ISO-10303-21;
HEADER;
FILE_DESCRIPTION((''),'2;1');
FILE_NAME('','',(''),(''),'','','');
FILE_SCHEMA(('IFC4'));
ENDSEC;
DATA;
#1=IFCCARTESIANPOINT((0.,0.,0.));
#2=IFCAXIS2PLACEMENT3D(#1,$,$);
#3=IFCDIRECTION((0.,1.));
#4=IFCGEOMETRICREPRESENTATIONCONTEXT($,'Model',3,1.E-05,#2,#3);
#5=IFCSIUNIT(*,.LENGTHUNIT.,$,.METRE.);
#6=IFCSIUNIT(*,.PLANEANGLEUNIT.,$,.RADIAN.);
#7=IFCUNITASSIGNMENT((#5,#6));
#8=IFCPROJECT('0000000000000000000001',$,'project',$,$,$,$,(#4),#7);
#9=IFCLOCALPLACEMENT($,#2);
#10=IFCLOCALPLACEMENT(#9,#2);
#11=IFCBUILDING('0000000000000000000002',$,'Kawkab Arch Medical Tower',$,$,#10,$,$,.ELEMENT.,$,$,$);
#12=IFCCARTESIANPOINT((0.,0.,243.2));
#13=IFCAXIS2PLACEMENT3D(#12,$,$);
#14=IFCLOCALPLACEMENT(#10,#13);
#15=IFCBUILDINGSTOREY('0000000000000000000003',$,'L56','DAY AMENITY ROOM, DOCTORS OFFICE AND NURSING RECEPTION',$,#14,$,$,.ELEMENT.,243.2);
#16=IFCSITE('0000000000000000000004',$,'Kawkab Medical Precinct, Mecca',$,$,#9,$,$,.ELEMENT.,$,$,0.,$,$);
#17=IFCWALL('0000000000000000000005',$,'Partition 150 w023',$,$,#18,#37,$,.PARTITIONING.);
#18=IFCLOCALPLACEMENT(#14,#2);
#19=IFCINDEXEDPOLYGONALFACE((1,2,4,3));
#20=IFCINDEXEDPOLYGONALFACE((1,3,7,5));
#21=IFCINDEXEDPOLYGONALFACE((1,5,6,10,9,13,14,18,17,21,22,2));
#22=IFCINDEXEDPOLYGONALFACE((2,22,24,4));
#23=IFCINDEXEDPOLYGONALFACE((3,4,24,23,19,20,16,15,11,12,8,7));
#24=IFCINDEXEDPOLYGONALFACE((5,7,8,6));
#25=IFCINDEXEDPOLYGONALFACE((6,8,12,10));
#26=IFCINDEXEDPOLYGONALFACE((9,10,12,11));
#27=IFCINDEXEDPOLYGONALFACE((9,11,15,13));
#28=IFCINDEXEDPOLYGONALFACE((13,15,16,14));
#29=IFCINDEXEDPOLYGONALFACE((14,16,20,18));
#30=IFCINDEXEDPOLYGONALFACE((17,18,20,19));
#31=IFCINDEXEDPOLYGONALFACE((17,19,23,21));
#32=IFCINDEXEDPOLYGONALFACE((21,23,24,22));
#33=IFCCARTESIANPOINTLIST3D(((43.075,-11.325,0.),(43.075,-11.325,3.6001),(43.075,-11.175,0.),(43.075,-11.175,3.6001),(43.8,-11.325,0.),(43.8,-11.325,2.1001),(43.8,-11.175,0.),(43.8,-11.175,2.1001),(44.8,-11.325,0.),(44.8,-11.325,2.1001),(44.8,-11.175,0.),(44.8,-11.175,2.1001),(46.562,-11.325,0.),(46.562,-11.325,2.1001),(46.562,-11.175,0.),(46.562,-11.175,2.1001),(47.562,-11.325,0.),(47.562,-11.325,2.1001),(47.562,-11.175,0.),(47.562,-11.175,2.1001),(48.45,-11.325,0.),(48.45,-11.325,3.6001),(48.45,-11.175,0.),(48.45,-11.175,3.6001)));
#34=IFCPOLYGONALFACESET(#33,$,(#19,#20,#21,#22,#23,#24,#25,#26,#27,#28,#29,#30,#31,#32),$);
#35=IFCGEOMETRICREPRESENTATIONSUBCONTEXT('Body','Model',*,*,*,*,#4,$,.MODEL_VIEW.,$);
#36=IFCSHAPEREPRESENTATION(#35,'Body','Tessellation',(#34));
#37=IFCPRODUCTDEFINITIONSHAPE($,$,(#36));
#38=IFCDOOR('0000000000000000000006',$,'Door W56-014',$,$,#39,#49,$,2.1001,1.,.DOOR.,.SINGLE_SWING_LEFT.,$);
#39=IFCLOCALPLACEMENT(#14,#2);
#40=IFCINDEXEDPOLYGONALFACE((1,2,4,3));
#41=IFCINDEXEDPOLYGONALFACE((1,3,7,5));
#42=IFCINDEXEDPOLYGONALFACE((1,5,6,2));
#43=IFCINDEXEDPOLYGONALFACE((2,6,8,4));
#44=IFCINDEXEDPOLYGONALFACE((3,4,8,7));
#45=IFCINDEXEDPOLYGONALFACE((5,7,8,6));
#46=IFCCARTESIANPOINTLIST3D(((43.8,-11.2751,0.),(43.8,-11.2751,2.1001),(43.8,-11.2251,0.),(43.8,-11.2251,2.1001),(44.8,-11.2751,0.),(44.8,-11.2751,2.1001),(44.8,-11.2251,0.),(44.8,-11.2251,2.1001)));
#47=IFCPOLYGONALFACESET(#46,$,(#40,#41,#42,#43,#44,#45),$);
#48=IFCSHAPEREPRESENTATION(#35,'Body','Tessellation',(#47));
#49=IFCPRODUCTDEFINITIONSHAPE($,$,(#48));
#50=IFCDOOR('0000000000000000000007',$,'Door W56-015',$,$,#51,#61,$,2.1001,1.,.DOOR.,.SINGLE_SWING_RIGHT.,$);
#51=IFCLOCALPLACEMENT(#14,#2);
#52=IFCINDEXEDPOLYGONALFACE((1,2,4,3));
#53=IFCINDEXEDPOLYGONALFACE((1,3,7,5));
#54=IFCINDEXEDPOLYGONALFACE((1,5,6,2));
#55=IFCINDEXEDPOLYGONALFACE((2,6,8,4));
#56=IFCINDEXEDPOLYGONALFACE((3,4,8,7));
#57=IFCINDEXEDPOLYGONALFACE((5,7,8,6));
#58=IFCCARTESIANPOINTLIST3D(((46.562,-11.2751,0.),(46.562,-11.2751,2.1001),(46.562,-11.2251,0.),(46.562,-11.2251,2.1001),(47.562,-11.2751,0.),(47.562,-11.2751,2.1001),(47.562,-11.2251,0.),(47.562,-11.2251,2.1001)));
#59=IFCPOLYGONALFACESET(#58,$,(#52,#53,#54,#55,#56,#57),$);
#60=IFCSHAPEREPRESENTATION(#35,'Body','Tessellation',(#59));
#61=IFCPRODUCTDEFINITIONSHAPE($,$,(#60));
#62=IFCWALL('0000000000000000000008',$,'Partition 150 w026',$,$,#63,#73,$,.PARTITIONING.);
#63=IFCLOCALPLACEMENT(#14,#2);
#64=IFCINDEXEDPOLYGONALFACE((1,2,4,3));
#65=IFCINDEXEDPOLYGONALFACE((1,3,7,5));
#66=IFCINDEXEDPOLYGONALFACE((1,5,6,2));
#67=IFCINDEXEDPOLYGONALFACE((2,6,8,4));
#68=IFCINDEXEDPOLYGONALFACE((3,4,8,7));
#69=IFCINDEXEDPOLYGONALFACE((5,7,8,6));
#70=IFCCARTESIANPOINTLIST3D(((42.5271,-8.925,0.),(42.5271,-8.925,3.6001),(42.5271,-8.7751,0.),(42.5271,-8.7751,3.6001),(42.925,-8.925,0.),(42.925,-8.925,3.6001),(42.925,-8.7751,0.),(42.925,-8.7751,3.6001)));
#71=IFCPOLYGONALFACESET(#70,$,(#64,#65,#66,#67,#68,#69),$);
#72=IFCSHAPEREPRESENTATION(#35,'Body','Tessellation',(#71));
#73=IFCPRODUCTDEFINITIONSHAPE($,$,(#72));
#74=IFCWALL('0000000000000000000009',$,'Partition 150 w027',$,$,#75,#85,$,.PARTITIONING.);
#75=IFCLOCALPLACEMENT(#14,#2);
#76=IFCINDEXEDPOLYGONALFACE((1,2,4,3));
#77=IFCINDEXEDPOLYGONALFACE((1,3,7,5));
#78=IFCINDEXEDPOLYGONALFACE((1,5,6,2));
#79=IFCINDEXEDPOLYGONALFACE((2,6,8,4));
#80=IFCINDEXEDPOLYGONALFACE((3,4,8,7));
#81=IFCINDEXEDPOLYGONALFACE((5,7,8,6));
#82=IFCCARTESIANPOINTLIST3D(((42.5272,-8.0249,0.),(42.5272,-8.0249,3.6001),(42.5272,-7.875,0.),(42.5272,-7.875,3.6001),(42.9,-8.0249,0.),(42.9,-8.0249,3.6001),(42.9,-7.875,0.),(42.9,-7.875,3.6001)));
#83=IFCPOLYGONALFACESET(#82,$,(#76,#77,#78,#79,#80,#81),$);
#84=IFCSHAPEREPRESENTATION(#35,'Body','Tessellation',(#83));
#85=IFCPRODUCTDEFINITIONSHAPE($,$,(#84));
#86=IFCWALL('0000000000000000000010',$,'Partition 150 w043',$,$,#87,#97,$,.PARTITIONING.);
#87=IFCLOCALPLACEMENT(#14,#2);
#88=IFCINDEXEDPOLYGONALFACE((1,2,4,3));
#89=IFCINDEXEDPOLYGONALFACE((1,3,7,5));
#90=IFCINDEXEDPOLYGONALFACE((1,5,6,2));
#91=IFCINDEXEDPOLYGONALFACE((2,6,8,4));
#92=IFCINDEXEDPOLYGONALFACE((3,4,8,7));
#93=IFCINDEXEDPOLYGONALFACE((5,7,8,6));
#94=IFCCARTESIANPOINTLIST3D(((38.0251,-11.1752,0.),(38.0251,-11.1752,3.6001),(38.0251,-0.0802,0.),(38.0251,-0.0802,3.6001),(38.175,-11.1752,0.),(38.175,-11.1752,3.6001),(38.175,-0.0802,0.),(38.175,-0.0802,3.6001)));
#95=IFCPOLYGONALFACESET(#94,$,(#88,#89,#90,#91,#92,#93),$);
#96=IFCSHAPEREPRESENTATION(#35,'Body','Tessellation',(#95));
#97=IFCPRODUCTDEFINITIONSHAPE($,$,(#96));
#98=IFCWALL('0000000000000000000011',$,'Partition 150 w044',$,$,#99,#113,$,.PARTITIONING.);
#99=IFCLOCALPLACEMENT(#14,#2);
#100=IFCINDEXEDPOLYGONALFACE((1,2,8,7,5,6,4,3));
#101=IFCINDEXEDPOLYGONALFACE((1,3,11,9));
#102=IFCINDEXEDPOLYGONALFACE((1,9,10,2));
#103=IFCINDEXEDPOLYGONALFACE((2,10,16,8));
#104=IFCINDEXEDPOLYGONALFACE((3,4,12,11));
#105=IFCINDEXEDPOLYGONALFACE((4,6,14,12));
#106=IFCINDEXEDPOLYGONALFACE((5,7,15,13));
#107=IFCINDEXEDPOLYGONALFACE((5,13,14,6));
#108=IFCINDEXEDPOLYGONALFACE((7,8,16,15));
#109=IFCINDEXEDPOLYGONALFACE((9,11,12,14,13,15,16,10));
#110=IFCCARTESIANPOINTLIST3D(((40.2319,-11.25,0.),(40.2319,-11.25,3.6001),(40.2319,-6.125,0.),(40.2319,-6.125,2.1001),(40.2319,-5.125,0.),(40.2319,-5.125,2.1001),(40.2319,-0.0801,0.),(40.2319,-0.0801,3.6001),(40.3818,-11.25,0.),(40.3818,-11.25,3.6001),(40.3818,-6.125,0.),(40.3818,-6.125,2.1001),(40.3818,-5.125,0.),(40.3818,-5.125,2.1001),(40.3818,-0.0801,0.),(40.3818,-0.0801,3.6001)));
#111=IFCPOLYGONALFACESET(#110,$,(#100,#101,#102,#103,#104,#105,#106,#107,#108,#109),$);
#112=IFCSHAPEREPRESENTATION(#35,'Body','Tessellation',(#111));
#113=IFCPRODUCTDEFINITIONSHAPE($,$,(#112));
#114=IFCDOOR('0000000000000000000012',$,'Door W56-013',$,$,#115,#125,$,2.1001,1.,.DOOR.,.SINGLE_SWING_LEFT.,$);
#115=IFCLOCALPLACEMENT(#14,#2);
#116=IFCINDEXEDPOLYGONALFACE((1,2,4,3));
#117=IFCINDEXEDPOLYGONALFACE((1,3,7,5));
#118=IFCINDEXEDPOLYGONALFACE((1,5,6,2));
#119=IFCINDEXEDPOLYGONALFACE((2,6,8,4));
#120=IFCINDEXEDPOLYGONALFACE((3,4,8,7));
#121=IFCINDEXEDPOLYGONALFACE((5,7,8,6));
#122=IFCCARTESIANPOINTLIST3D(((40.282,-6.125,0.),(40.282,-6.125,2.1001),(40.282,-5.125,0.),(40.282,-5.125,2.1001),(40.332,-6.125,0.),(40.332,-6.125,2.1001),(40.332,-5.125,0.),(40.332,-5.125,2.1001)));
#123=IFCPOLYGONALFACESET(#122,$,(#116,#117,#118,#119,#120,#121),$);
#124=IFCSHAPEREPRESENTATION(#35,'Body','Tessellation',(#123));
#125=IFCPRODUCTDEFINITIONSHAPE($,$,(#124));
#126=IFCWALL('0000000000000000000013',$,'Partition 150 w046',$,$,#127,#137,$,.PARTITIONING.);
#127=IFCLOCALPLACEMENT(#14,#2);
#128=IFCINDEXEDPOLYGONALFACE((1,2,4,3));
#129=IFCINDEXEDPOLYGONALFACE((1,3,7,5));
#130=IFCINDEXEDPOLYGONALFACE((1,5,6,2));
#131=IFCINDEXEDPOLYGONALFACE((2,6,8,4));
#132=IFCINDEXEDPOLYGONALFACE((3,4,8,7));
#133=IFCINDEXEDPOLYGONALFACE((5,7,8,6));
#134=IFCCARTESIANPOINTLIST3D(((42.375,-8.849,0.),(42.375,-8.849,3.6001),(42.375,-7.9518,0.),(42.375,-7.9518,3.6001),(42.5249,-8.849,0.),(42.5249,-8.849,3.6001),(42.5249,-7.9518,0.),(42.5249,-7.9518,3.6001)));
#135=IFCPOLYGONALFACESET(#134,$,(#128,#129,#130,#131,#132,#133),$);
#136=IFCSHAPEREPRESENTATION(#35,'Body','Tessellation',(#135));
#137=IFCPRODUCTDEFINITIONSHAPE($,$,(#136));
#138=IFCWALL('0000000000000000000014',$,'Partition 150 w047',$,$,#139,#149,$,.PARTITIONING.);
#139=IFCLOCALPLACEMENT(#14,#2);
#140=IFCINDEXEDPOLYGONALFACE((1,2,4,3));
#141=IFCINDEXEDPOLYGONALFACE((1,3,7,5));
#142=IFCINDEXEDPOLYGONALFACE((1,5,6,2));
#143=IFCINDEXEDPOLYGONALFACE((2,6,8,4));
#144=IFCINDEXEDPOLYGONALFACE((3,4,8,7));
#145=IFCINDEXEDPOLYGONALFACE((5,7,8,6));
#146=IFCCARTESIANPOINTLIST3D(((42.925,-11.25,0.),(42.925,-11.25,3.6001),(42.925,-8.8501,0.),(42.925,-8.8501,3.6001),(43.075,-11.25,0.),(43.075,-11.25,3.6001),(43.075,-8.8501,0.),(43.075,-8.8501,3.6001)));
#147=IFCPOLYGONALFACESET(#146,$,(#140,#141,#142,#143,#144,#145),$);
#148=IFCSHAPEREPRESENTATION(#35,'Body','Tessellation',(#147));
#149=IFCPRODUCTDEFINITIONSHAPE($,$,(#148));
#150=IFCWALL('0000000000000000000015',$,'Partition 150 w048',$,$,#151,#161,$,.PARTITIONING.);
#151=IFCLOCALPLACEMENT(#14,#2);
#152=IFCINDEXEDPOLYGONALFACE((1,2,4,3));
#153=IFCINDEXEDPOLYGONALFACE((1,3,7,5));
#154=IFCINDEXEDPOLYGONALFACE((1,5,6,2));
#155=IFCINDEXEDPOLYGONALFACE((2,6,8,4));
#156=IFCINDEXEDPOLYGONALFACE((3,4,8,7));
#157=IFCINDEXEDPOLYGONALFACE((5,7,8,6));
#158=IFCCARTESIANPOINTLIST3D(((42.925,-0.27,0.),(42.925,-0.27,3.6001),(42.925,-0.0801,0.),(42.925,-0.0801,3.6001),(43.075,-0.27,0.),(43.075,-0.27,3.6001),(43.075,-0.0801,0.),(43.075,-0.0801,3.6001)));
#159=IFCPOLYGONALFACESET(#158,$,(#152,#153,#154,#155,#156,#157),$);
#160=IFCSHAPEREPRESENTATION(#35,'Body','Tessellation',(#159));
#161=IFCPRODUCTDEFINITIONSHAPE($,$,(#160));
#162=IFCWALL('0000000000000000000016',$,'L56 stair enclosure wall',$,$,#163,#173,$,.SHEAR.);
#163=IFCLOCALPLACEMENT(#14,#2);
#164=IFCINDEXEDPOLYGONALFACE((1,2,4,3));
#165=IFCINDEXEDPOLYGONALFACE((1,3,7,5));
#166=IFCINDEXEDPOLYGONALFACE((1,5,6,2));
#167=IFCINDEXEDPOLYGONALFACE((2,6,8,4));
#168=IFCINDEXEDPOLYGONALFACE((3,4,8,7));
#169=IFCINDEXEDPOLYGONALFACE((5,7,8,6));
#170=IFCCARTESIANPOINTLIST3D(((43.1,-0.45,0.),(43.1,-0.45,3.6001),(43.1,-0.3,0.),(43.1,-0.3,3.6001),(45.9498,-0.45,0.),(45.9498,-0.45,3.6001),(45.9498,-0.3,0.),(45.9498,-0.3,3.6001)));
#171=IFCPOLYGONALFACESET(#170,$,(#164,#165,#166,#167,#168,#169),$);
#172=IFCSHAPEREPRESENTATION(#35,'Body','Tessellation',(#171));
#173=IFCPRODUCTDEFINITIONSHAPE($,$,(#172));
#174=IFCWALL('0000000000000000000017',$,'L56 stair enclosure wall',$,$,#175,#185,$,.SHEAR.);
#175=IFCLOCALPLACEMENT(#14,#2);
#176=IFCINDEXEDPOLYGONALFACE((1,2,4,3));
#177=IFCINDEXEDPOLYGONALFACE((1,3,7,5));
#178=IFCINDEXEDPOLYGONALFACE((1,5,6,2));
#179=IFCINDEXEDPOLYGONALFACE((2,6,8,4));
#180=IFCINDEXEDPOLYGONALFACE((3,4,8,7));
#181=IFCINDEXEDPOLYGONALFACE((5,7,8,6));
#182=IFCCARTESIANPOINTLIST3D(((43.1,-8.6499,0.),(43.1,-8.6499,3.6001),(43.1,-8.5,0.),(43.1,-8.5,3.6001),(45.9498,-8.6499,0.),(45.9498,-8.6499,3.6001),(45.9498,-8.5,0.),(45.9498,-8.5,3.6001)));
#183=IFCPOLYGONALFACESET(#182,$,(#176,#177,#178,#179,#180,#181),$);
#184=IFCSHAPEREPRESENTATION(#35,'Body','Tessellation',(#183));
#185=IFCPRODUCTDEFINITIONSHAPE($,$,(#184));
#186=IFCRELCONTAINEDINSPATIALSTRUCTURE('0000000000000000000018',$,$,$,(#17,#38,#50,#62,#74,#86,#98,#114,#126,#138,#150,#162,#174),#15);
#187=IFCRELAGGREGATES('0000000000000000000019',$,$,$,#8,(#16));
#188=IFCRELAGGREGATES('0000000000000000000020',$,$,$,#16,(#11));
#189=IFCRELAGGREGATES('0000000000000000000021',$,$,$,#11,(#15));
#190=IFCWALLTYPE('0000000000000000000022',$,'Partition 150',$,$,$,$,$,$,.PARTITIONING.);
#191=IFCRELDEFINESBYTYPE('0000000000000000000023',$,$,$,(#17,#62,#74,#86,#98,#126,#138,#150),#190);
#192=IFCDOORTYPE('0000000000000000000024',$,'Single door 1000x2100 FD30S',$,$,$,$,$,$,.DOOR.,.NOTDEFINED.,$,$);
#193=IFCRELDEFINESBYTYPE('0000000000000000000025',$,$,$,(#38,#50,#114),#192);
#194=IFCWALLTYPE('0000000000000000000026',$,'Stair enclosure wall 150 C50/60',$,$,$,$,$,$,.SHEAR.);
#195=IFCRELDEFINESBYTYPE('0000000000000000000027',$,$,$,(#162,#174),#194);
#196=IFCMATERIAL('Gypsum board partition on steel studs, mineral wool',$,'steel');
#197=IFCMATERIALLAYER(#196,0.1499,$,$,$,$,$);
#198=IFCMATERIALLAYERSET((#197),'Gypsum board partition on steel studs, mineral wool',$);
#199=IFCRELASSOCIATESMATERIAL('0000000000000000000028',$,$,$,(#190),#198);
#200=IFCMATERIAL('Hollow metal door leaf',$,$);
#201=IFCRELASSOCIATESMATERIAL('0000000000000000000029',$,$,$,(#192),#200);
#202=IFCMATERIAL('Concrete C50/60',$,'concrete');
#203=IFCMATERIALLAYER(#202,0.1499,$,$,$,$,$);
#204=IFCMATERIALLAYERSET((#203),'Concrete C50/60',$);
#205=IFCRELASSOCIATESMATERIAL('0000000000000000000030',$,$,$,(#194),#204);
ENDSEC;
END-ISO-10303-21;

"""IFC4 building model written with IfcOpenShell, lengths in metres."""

from ifc_helpers import new_model, si_unit, direction, frame, frame_2d, origin, place, context, subcontext, project, spatial, rectangle, extrude, material, layer, layer_set, type_object, element, fill, save


model = new_model("IFC4")

# Units and contexts
model_context = context("Model", 3, precision=1e-05, world=origin(), true_north=direction((0.0, 1.0)))
body_context = subcontext(model_context, "Body", "Model", "MODEL_VIEW")
ifc_project = project(units=[si_unit("LENGTHUNIT", "METRE"), si_unit("PLANEANGLEUNIT", "RADIAN")], contexts=[model_context])

# Site, building, storey
site_placement = place(None, origin())
site = spatial("IfcSite", under=ifc_project, at=site_placement, Name="Kawkab Medical Precinct, Mecca", CompositionType="ELEMENT", RefElevation=0.0)
building_placement = place(site_placement, origin())
building = spatial("IfcBuilding", under=site, at=building_placement, Name="Kawkab Arch Medical Tower", CompositionType="ELEMENT")
storey_placement = place(building_placement, frame((0.0, 0.0, 243.2)))
storey = spatial("IfcBuildingStorey", under=building, at=storey_placement, Name="L56", Description="DAY AMENITY ROOM, DOCTORS OFFICE AND NURSING RECEPTION", CompositionType="ELEMENT", Elevation=243.2)

# Wall, openings, doors
ifc_material_1 = material(Name="Gypsum board partition on steel studs, mineral wool", Category="steel")
ifc_layer_1 = layer(ifc_material_1, 0.1499)
ifc_layer_set_1 = layer_set([ifc_layer_1], Name="Gypsum board partition on steel studs, mineral wool")
wall_type_1 = type_object("IfcWallType", Name="Partition 150", PredefinedType="PARTITIONING", material=ifc_layer_set_1)
wall_1_placement = place(storey_placement, frame((43.075, -11.25, 0.0), z_axis=(0.0, 0.0, 1.0), x_axis=(1.0, 0.0, 0.0)))
wall_1 = element("IfcWall", 1, at=wall_1_placement, inside=storey, type_object=wall_type_1, Name="Partition 150 w023", PredefinedType="PARTITIONING", context=body_context, shape_type="SweptSolid", body=[
    extrude(rectangle(XDim=5.375, YDim=0.1499, at=frame_2d((2.6875, 0.0))), origin(), (0.0, 0.0, 1.0), 3.6001),
])
opening_1_placement = place(wall_1_placement, frame((0.7251, 0.0, 0.0)))
opening_1 = element("IfcOpeningElement", 2, at=opening_1_placement, cuts=wall_1, PredefinedType="OPENING", context=body_context, shape_type="SweptSolid", body=[
    extrude(rectangle(XDim=1.0, YDim=2.1001, at=frame_2d((0.5, 1.05))), frame((0.0, 0.085, 0.0), z_axis=(0.0, -1.0, 0.0), x_axis=(1.0, 0.0, 0.0)), (0.0, 0.0, 1.0), 0.1699),
])
opening_2_placement = place(wall_1_placement, frame((3.4871, 0.0, 0.0)))
opening_2 = element("IfcOpeningElement", 3, at=opening_2_placement, cuts=wall_1, PredefinedType="OPENING", context=body_context, shape_type="SweptSolid", body=[
    extrude(rectangle(XDim=1.0, YDim=2.1001, at=frame_2d((0.5, 1.05))), frame((0.0, 0.085, 0.0), z_axis=(0.0, -1.0, 0.0), x_axis=(1.0, 0.0, 0.0)), (0.0, 0.0, 1.0), 0.1699),
])
ifc_material_2 = material(Name="Hollow metal door leaf")
door_type_1 = type_object("IfcDoorType", Name="Single door 1000x2100 FD30S", OperationType="NOTDEFINED", PredefinedType="DOOR", material=ifc_material_2)
door_1_placement = place(opening_1_placement, origin())
door_1 = element("IfcDoor", 4, at=door_1_placement, inside=storey, type_object=door_type_1, Name="Door W56-014", OperationType="SINGLE_SWING_LEFT", OverallHeight=2.1001, OverallWidth=1.0, PredefinedType="DOOR", context=body_context, shape_type="SweptSolid", body=[
    extrude(rectangle(XDim=1.0, YDim=2.1001, at=frame_2d((0.5, 1.05))), frame((0.0, 0.0249, 0.0), z_axis=(0.0, -1.0, 0.0), x_axis=(1.0, 0.0, 0.0)), (0.0, 0.0, 1.0), 0.05),
])
fill(opening_1, door_1)
door_2_placement = place(opening_2_placement, origin())
door_2 = element("IfcDoor", 5, at=door_2_placement, inside=storey, type_object=door_type_1, Name="Door W56-015", OperationType="SINGLE_SWING_RIGHT", OverallHeight=2.1001, OverallWidth=1.0, PredefinedType="DOOR", context=body_context, shape_type="SweptSolid", body=[
    extrude(rectangle(XDim=1.0, YDim=2.1001, at=frame_2d((0.5, 1.05))), frame((0.0, 0.0249, 0.0), z_axis=(0.0, -1.0, 0.0), x_axis=(1.0, 0.0, 0.0)), (0.0, 0.0, 1.0), 0.05),
])
fill(opening_2, door_2)

# Walls
wall_2_placement = place(storey_placement, frame((42.5271, -8.8501, 0.0), z_axis=(0.0, 0.0, 1.0), x_axis=(1.0, 0.0, 0.0)))
element("IfcWall", 6, at=wall_2_placement, inside=storey, type_object=wall_type_1, Name="Partition 150 w026", PredefinedType="PARTITIONING", context=body_context, shape_type="SweptSolid", body=[
    extrude(rectangle(XDim=0.3979, YDim=0.1499, at=frame_2d((0.199, 0.0))), origin(), (0.0, 0.0, 1.0), 3.6001),
])
wall_3_placement = place(storey_placement, frame((42.5271, -7.95, 0.0), z_axis=(0.0, 0.0, 1.0), x_axis=(1.0, 0.0, 0.0)))
element("IfcWall", 7, at=wall_3_placement, inside=storey, type_object=wall_type_1, Name="Partition 150 w027", PredefinedType="PARTITIONING", context=body_context, shape_type="SweptSolid", body=[
    extrude(rectangle(XDim=0.3728, YDim=0.1499, at=frame_2d((0.1865, 0.0))), origin(), (0.0, 0.0, 1.0), 3.6001),
])
wall_4_placement = place(storey_placement, frame((38.1001, -11.175, 0.0), z_axis=(0.0, 0.0, 1.0), x_axis=(0.0, 1.0, 0.0)))
element("IfcWall", 8, at=wall_4_placement, inside=storey, type_object=wall_type_1, Name="Partition 150 w043", PredefinedType="PARTITIONING", context=body_context, shape_type="SweptSolid", body=[
    extrude(rectangle(XDim=11.095, YDim=0.1499, at=frame_2d((5.5474, 0.0))), origin(), (0.0, 0.0, 1.0), 3.6001),
])

# Wall, opening, door
wall_5_placement = place(storey_placement, frame((40.3069, -11.25, 0.0), z_axis=(0.0, 0.0, 1.0), x_axis=(0.0, 1.0, 0.0)))
wall_5 = element("IfcWall", 9, at=wall_5_placement, inside=storey, type_object=wall_type_1, Name="Partition 150 w044", PredefinedType="PARTITIONING", context=body_context, shape_type="SweptSolid", body=[
    extrude(rectangle(XDim=11.1699, YDim=0.1499, at=frame_2d((5.585, 0.0))), origin(), (0.0, 0.0, 1.0), 3.6001),
])
opening_3_placement = place(wall_5_placement, frame((5.125, 0.0, 0.0)))
opening_3 = element("IfcOpeningElement", 10, at=opening_3_placement, cuts=wall_5, PredefinedType="OPENING", context=body_context, shape_type="SweptSolid", body=[
    extrude(rectangle(XDim=1.0, YDim=2.1001, at=frame_2d((0.5, 1.05))), frame((0.0, 0.085, 0.0), z_axis=(0.0, -1.0, 0.0), x_axis=(1.0, 0.0, 0.0)), (0.0, 0.0, 1.0), 0.1699),
])
door_3_placement = place(opening_3_placement, origin())
door_3 = element("IfcDoor", 11, at=door_3_placement, inside=storey, type_object=door_type_1, Name="Door W56-013", OperationType="SINGLE_SWING_LEFT", OverallHeight=2.1001, OverallWidth=1.0, PredefinedType="DOOR", context=body_context, shape_type="SweptSolid", body=[
    extrude(rectangle(XDim=1.0, YDim=2.1001, at=frame_2d((0.5, 1.05))), frame((0.0, 0.0249, 0.0), z_axis=(0.0, -1.0, 0.0), x_axis=(1.0, 0.0, 0.0)), (0.0, 0.0, 1.0), 0.05),
])
fill(opening_3, door_3)

# Walls
wall_6_placement = place(storey_placement, frame((42.45, -8.8491, 0.0), z_axis=(0.0, 0.0, 1.0), x_axis=(0.0, 1.0, 0.0)))
element("IfcWall", 12, at=wall_6_placement, inside=storey, type_object=wall_type_1, Name="Partition 150 w046", PredefinedType="PARTITIONING", context=body_context, shape_type="SweptSolid", body=[
    extrude(rectangle(XDim=0.8972, YDim=0.1499, at=frame_2d((0.4487, 0.0))), origin(), (0.0, 0.0, 1.0), 3.6001),
])
wall_7_placement = place(storey_placement, frame((43.0, -11.25, 0.0), z_axis=(0.0, 0.0, 1.0), x_axis=(0.0, 1.0, 0.0)))
element("IfcWall", 13, at=wall_7_placement, inside=storey, type_object=wall_type_1, Name="Partition 150 w047", PredefinedType="PARTITIONING", context=body_context, shape_type="SweptSolid", body=[
    extrude(rectangle(XDim=2.3999, YDim=0.1499, at=frame_2d((1.2, 0.0))), origin(), (0.0, 0.0, 1.0), 3.6001),
])
wall_8_placement = place(storey_placement, frame((43.0, -0.27, 0.0), z_axis=(0.0, 0.0, 1.0), x_axis=(0.0, 1.0, 0.0)))
element("IfcWall", 14, at=wall_8_placement, inside=storey, type_object=wall_type_1, Name="Partition 150 w048", PredefinedType="PARTITIONING", context=body_context, shape_type="SweptSolid", body=[
    extrude(rectangle(XDim=0.1899, YDim=0.1499, at=frame_2d((0.095, 0.0))), origin(), (0.0, 0.0, 1.0), 3.6001),
])
ifc_material_3 = material(Name="Concrete C50/60", Category="concrete")
ifc_layer_2 = layer(ifc_material_3, 0.1499)
ifc_layer_set_2 = layer_set([ifc_layer_2], Name="Concrete C50/60")
wall_type_2 = type_object("IfcWallType", Name="Stair enclosure wall 150 C50/60", PredefinedType="SHEAR", material=ifc_layer_set_2)
for number, where, z_axis, x_axis, name in (
    (15, (43.1001, -0.375, 0.0), (0.0, 0.0, 1.0), (1.0, 0.0, 0.0), "L56 stair enclosure wall"),
    (16, (43.1001, -8.575, 0.0), (0.0, 0.0, 1.0), (1.0, 0.0, 0.0), "L56 stair enclosure wall"),
):
    element("IfcWall", number, at=place(storey_placement, frame(where, z_axis=z_axis, x_axis=x_axis)), inside=storey, type_object=wall_type_2, Name=name, PredefinedType="SHEAR", context=body_context, shape_type="SweptSolid", body=[
        extrude(rectangle(XDim=2.8499, YDim=0.1499, at=frame_2d((1.4248, 0.0))), origin(), (0.0, 0.0, 1.0), 3.6001),
    ])

save(model, "model.ifc")
